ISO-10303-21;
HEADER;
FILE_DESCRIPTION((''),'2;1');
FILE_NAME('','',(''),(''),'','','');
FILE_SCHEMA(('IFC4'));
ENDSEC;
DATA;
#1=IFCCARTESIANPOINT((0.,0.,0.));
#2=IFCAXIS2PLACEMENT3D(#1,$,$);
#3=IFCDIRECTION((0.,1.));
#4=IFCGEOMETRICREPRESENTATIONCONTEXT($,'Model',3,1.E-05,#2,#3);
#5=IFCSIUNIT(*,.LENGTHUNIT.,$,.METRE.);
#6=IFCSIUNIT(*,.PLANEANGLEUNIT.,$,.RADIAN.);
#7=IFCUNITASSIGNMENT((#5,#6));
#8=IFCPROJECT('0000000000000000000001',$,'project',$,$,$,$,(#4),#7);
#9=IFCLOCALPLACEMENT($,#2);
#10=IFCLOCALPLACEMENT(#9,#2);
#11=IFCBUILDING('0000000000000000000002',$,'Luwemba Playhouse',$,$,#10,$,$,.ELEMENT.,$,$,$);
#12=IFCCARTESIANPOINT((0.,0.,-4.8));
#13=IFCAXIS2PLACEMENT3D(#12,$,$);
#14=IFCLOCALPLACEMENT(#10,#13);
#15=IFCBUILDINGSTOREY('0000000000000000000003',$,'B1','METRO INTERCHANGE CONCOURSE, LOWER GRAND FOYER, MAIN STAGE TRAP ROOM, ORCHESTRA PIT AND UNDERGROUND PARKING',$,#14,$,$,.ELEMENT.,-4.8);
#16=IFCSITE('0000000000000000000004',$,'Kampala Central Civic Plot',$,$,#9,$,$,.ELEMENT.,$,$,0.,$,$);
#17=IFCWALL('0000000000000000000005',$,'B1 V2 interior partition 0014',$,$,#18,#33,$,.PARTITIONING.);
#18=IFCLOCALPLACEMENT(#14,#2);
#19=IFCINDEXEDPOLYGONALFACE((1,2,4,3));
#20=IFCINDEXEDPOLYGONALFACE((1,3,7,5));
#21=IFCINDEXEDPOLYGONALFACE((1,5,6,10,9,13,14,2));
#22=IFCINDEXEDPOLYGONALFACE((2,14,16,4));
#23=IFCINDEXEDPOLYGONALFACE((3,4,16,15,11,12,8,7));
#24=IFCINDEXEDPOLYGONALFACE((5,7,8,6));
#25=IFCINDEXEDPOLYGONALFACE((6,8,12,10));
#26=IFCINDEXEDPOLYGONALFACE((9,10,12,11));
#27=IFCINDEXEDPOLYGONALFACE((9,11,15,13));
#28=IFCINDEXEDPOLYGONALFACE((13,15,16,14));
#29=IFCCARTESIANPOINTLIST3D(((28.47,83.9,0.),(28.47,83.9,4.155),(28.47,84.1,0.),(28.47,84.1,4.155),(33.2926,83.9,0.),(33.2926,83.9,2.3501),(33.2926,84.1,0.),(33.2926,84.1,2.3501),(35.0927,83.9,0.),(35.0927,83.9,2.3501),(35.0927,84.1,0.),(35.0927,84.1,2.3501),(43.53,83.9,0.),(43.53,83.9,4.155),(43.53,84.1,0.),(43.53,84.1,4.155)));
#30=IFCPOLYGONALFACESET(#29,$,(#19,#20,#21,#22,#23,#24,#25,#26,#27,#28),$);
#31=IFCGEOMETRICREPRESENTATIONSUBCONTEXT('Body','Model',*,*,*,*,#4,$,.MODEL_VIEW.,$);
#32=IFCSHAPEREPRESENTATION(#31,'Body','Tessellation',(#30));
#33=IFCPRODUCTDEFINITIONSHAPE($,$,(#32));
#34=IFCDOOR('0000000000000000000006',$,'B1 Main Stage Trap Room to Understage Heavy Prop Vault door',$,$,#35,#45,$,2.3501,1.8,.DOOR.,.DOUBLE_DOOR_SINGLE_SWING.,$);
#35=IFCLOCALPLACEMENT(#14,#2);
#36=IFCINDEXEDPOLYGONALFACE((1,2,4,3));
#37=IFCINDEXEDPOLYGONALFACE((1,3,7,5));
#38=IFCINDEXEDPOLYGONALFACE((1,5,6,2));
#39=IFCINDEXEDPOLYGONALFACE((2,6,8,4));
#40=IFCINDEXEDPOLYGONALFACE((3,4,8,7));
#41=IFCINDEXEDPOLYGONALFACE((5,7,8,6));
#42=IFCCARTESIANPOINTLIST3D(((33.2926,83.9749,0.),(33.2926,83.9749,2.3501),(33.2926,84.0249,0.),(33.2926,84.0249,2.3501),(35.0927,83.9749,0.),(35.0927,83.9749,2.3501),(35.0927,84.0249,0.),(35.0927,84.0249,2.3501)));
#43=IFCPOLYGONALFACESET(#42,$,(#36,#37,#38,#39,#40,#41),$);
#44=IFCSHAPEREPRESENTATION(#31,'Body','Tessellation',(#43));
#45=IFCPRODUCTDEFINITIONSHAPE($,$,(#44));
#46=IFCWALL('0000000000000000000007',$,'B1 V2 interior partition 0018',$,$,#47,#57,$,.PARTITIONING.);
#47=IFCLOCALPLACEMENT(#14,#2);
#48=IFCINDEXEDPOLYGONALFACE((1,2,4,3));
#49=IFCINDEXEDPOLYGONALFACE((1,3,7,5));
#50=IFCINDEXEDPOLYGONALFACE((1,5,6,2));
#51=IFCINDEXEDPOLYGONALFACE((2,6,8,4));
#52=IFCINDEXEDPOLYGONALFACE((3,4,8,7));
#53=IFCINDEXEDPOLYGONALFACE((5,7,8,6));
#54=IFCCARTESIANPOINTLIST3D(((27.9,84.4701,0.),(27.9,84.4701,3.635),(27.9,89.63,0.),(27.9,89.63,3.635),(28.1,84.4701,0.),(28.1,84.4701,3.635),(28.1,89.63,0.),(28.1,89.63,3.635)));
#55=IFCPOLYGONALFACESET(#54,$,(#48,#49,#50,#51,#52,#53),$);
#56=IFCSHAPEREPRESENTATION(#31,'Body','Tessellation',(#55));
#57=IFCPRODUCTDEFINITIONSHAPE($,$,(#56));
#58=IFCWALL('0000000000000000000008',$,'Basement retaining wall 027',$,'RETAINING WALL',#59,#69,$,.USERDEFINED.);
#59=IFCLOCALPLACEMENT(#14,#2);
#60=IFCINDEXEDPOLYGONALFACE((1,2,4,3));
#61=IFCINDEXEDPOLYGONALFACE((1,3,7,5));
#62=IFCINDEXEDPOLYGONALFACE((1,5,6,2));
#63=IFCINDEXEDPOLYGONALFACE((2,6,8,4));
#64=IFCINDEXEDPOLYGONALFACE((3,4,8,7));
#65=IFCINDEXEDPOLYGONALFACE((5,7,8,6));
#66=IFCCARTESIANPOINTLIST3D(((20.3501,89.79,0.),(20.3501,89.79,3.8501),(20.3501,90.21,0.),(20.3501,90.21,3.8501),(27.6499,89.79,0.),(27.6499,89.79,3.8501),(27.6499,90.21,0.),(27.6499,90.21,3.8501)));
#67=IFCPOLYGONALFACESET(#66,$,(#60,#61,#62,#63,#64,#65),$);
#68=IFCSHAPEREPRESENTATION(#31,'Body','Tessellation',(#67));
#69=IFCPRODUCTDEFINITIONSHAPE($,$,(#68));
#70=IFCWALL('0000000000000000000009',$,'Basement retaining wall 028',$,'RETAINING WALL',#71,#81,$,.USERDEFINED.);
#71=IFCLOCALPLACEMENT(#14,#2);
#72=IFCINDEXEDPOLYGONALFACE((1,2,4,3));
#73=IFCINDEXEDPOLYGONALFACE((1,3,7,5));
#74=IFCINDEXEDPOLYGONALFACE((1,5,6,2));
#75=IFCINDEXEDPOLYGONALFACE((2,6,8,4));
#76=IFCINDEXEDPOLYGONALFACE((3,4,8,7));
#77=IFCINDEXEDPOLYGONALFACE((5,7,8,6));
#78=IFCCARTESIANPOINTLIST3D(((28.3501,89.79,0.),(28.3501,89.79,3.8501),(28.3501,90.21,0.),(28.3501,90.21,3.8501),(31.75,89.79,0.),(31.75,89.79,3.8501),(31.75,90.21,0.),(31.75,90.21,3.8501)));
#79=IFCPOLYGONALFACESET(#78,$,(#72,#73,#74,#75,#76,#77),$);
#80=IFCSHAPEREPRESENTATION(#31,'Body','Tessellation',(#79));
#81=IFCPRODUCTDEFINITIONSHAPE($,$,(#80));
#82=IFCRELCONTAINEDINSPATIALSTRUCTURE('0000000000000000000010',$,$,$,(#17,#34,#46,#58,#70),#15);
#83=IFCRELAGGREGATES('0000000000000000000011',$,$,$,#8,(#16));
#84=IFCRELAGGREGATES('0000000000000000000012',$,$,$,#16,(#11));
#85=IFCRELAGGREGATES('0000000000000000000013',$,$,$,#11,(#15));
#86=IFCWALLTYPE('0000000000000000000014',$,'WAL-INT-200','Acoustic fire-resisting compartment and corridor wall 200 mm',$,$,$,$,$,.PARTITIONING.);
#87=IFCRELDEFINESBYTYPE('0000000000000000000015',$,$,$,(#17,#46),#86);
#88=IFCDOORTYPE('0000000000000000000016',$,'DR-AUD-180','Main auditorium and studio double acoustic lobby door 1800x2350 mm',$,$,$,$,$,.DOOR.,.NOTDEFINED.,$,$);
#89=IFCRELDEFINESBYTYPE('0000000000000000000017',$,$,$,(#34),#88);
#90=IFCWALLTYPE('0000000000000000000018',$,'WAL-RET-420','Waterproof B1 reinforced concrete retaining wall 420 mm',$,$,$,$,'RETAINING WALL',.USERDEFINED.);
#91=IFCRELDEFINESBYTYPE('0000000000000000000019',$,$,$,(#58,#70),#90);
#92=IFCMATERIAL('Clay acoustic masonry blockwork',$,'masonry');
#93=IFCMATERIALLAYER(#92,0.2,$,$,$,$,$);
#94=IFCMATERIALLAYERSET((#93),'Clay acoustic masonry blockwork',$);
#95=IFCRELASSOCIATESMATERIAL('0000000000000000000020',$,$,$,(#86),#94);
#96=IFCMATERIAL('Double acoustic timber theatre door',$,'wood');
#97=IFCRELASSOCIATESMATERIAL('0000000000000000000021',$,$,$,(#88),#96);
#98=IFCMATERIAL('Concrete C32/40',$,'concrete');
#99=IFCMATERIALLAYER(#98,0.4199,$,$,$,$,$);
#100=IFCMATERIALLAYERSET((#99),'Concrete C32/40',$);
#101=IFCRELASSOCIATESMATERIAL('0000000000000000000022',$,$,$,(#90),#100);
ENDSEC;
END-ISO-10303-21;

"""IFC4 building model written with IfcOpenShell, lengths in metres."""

from ifc_helpers import new_model, si_unit, direction, frame, frame_2d, origin, place, context, subcontext, project, spatial, rectangle, extrude, material, layer, layer_set, type_object, element, fill, save


model = new_model("IFC4")

# Units and contexts
model_context = context("Model", 3, precision=1e-05, world=origin(), true_north=direction((0.0, 1.0)))
body_context = subcontext(model_context, "Body", "Model", "MODEL_VIEW")
ifc_project = project(units=[si_unit("LENGTHUNIT", "METRE"), si_unit("PLANEANGLEUNIT", "RADIAN")], contexts=[model_context])

# Site, building, storey
site_placement = place(None, origin())
site = spatial("IfcSite", under=ifc_project, at=site_placement, Name="Kampala Central Civic Plot", CompositionType="ELEMENT", RefElevation=0.0)
building_placement = place(site_placement, origin())
building = spatial("IfcBuilding", under=site, at=building_placement, Name="Luwemba Playhouse", CompositionType="ELEMENT")
storey_placement = place(building_placement, frame((0.0, 0.0, -4.8)))
storey = spatial("IfcBuildingStorey", under=building, at=storey_placement, Name="B1", Description="METRO INTERCHANGE CONCOURSE, LOWER GRAND FOYER, MAIN STAGE TRAP ROOM, ORCHESTRA PIT AND UNDERGROUND PARKING", CompositionType="ELEMENT", Elevation=-4.8)

# Shared definitions
ifc_material_1 = material(Name="Concrete C32/40", Category="concrete")

# Wall, opening, door
ifc_material_2 = material(Name="Clay acoustic masonry blockwork", Category="masonry")
ifc_layer_1 = layer(ifc_material_2, 0.2)
ifc_layer_set_1 = layer_set([ifc_layer_1], Name="Clay acoustic masonry blockwork")
wall_type_1 = type_object("IfcWallType", Name="WAL-INT-200", Description="Acoustic fire-resisting compartment and corridor wall 200 mm", PredefinedType="PARTITIONING", material=ifc_layer_set_1)
wall_1_placement = place(storey_placement, frame((28.47, 84.0, 0.0), z_axis=(0.0, 0.0, 1.0), x_axis=(1.0, 0.0, 0.0)))
wall_1 = element("IfcWall", 1, at=wall_1_placement, inside=storey, type_object=wall_type_1, Name="B1 V2 interior partition 0014", PredefinedType="PARTITIONING", context=body_context, shape_type="SweptSolid", body=[
    extrude(rectangle(XDim=15.0601, YDim=0.2, at=frame_2d((7.53, 0.0))), origin(), (0.0, 0.0, 1.0), 4.155),
])
opening_placement = place(wall_1_placement, frame((4.8228, 0.0, 0.0)))
opening = element("IfcOpeningElement", 2, at=opening_placement, cuts=wall_1, PredefinedType="OPENING", context=body_context, shape_type="SweptSolid", body=[
    extrude(rectangle(XDim=1.8, YDim=2.3501, at=frame_2d((0.8999, 1.175))), frame((0.0, 0.1099, 0.0), z_axis=(0.0, -1.0, 0.0), x_axis=(1.0, 0.0, 0.0)), (0.0, 0.0, 1.0), 0.22),
])
ifc_material_3 = material(Name="Double acoustic timber theatre door", Category="wood")
door_type = type_object("IfcDoorType", Name="DR-AUD-180", Description="Main auditorium and studio double acoustic lobby door 1800x2350 mm", OperationType="NOTDEFINED", PredefinedType="DOOR", material=ifc_material_3)
door_placement = place(opening_placement, origin())
door = element("IfcDoor", 3, at=door_placement, inside=storey, type_object=door_type, Name="B1 Main Stage Trap Room to Understage Heavy Prop Vault door", OperationType="DOUBLE_DOOR_SINGLE_SWING", OverallHeight=2.3501, OverallWidth=1.8, PredefinedType="DOOR", context=body_context, shape_type="SweptSolid", body=[
    extrude(rectangle(XDim=1.8, YDim=2.3501, at=frame_2d((0.8999, 1.175))), frame((0.0, 0.0249, 0.0), z_axis=(0.0, -1.0, 0.0), x_axis=(1.0, 0.0, 0.0)), (0.0, 0.0, 1.0), 0.05),
])
fill(opening, door)

# Walls
wall_2_placement = place(storey_placement, frame((28.0, 84.47, 0.0), z_axis=(0.0, 0.0, 1.0), x_axis=(0.0, 1.0, 0.0)))
element("IfcWall", 4, at=wall_2_placement, inside=storey, type_object=wall_type_1, Name="B1 V2 interior partition 0018", PredefinedType="PARTITIONING", context=body_context, shape_type="SweptSolid", body=[
    extrude(rectangle(XDim=5.1599, YDim=0.2, at=frame_2d((2.5801, 0.0))), origin(), (0.0, 0.0, 1.0), 3.635),
])
ifc_layer_2 = layer(ifc_material_1, 0.4199)
ifc_layer_set_2 = layer_set([ifc_layer_2], Name="Concrete C32/40")
wall_type_2 = type_object("IfcWallType", Name="WAL-RET-420", Description="Waterproof B1 reinforced concrete retaining wall 420 mm", ElementType="RETAINING WALL", PredefinedType="USERDEFINED", material=ifc_layer_set_2)
wall_3_placement = place(storey_placement, frame((20.3501, 90.0, 0.0), z_axis=(0.0, 0.0, 1.0), x_axis=(1.0, 0.0, 0.0)))
element("IfcWall", 5, at=wall_3_placement, inside=storey, type_object=wall_type_2, Name="Basement retaining wall 027", ObjectType="RETAINING WALL", PredefinedType="USERDEFINED", context=body_context, shape_type="SweptSolid", body=[
    extrude(rectangle(XDim=7.2998, YDim=0.4199, at=frame_2d((3.6499, 0.0))), origin(), (0.0, 0.0, 1.0), 3.8501),
])
wall_4_placement = place(storey_placement, frame((28.3501, 90.0, 0.0), z_axis=(0.0, 0.0, 1.0), x_axis=(1.0, 0.0, 0.0)))
element("IfcWall", 6, at=wall_4_placement, inside=storey, type_object=wall_type_2, Name="Basement retaining wall 028", ObjectType="RETAINING WALL", PredefinedType="USERDEFINED", context=body_context, shape_type="SweptSolid", body=[
    extrude(rectangle(XDim=3.3999, YDim=0.4199, at=frame_2d((1.7, 0.0))), origin(), (0.0, 0.0, 1.0), 3.8501),
])

save(model, "model.ifc")
